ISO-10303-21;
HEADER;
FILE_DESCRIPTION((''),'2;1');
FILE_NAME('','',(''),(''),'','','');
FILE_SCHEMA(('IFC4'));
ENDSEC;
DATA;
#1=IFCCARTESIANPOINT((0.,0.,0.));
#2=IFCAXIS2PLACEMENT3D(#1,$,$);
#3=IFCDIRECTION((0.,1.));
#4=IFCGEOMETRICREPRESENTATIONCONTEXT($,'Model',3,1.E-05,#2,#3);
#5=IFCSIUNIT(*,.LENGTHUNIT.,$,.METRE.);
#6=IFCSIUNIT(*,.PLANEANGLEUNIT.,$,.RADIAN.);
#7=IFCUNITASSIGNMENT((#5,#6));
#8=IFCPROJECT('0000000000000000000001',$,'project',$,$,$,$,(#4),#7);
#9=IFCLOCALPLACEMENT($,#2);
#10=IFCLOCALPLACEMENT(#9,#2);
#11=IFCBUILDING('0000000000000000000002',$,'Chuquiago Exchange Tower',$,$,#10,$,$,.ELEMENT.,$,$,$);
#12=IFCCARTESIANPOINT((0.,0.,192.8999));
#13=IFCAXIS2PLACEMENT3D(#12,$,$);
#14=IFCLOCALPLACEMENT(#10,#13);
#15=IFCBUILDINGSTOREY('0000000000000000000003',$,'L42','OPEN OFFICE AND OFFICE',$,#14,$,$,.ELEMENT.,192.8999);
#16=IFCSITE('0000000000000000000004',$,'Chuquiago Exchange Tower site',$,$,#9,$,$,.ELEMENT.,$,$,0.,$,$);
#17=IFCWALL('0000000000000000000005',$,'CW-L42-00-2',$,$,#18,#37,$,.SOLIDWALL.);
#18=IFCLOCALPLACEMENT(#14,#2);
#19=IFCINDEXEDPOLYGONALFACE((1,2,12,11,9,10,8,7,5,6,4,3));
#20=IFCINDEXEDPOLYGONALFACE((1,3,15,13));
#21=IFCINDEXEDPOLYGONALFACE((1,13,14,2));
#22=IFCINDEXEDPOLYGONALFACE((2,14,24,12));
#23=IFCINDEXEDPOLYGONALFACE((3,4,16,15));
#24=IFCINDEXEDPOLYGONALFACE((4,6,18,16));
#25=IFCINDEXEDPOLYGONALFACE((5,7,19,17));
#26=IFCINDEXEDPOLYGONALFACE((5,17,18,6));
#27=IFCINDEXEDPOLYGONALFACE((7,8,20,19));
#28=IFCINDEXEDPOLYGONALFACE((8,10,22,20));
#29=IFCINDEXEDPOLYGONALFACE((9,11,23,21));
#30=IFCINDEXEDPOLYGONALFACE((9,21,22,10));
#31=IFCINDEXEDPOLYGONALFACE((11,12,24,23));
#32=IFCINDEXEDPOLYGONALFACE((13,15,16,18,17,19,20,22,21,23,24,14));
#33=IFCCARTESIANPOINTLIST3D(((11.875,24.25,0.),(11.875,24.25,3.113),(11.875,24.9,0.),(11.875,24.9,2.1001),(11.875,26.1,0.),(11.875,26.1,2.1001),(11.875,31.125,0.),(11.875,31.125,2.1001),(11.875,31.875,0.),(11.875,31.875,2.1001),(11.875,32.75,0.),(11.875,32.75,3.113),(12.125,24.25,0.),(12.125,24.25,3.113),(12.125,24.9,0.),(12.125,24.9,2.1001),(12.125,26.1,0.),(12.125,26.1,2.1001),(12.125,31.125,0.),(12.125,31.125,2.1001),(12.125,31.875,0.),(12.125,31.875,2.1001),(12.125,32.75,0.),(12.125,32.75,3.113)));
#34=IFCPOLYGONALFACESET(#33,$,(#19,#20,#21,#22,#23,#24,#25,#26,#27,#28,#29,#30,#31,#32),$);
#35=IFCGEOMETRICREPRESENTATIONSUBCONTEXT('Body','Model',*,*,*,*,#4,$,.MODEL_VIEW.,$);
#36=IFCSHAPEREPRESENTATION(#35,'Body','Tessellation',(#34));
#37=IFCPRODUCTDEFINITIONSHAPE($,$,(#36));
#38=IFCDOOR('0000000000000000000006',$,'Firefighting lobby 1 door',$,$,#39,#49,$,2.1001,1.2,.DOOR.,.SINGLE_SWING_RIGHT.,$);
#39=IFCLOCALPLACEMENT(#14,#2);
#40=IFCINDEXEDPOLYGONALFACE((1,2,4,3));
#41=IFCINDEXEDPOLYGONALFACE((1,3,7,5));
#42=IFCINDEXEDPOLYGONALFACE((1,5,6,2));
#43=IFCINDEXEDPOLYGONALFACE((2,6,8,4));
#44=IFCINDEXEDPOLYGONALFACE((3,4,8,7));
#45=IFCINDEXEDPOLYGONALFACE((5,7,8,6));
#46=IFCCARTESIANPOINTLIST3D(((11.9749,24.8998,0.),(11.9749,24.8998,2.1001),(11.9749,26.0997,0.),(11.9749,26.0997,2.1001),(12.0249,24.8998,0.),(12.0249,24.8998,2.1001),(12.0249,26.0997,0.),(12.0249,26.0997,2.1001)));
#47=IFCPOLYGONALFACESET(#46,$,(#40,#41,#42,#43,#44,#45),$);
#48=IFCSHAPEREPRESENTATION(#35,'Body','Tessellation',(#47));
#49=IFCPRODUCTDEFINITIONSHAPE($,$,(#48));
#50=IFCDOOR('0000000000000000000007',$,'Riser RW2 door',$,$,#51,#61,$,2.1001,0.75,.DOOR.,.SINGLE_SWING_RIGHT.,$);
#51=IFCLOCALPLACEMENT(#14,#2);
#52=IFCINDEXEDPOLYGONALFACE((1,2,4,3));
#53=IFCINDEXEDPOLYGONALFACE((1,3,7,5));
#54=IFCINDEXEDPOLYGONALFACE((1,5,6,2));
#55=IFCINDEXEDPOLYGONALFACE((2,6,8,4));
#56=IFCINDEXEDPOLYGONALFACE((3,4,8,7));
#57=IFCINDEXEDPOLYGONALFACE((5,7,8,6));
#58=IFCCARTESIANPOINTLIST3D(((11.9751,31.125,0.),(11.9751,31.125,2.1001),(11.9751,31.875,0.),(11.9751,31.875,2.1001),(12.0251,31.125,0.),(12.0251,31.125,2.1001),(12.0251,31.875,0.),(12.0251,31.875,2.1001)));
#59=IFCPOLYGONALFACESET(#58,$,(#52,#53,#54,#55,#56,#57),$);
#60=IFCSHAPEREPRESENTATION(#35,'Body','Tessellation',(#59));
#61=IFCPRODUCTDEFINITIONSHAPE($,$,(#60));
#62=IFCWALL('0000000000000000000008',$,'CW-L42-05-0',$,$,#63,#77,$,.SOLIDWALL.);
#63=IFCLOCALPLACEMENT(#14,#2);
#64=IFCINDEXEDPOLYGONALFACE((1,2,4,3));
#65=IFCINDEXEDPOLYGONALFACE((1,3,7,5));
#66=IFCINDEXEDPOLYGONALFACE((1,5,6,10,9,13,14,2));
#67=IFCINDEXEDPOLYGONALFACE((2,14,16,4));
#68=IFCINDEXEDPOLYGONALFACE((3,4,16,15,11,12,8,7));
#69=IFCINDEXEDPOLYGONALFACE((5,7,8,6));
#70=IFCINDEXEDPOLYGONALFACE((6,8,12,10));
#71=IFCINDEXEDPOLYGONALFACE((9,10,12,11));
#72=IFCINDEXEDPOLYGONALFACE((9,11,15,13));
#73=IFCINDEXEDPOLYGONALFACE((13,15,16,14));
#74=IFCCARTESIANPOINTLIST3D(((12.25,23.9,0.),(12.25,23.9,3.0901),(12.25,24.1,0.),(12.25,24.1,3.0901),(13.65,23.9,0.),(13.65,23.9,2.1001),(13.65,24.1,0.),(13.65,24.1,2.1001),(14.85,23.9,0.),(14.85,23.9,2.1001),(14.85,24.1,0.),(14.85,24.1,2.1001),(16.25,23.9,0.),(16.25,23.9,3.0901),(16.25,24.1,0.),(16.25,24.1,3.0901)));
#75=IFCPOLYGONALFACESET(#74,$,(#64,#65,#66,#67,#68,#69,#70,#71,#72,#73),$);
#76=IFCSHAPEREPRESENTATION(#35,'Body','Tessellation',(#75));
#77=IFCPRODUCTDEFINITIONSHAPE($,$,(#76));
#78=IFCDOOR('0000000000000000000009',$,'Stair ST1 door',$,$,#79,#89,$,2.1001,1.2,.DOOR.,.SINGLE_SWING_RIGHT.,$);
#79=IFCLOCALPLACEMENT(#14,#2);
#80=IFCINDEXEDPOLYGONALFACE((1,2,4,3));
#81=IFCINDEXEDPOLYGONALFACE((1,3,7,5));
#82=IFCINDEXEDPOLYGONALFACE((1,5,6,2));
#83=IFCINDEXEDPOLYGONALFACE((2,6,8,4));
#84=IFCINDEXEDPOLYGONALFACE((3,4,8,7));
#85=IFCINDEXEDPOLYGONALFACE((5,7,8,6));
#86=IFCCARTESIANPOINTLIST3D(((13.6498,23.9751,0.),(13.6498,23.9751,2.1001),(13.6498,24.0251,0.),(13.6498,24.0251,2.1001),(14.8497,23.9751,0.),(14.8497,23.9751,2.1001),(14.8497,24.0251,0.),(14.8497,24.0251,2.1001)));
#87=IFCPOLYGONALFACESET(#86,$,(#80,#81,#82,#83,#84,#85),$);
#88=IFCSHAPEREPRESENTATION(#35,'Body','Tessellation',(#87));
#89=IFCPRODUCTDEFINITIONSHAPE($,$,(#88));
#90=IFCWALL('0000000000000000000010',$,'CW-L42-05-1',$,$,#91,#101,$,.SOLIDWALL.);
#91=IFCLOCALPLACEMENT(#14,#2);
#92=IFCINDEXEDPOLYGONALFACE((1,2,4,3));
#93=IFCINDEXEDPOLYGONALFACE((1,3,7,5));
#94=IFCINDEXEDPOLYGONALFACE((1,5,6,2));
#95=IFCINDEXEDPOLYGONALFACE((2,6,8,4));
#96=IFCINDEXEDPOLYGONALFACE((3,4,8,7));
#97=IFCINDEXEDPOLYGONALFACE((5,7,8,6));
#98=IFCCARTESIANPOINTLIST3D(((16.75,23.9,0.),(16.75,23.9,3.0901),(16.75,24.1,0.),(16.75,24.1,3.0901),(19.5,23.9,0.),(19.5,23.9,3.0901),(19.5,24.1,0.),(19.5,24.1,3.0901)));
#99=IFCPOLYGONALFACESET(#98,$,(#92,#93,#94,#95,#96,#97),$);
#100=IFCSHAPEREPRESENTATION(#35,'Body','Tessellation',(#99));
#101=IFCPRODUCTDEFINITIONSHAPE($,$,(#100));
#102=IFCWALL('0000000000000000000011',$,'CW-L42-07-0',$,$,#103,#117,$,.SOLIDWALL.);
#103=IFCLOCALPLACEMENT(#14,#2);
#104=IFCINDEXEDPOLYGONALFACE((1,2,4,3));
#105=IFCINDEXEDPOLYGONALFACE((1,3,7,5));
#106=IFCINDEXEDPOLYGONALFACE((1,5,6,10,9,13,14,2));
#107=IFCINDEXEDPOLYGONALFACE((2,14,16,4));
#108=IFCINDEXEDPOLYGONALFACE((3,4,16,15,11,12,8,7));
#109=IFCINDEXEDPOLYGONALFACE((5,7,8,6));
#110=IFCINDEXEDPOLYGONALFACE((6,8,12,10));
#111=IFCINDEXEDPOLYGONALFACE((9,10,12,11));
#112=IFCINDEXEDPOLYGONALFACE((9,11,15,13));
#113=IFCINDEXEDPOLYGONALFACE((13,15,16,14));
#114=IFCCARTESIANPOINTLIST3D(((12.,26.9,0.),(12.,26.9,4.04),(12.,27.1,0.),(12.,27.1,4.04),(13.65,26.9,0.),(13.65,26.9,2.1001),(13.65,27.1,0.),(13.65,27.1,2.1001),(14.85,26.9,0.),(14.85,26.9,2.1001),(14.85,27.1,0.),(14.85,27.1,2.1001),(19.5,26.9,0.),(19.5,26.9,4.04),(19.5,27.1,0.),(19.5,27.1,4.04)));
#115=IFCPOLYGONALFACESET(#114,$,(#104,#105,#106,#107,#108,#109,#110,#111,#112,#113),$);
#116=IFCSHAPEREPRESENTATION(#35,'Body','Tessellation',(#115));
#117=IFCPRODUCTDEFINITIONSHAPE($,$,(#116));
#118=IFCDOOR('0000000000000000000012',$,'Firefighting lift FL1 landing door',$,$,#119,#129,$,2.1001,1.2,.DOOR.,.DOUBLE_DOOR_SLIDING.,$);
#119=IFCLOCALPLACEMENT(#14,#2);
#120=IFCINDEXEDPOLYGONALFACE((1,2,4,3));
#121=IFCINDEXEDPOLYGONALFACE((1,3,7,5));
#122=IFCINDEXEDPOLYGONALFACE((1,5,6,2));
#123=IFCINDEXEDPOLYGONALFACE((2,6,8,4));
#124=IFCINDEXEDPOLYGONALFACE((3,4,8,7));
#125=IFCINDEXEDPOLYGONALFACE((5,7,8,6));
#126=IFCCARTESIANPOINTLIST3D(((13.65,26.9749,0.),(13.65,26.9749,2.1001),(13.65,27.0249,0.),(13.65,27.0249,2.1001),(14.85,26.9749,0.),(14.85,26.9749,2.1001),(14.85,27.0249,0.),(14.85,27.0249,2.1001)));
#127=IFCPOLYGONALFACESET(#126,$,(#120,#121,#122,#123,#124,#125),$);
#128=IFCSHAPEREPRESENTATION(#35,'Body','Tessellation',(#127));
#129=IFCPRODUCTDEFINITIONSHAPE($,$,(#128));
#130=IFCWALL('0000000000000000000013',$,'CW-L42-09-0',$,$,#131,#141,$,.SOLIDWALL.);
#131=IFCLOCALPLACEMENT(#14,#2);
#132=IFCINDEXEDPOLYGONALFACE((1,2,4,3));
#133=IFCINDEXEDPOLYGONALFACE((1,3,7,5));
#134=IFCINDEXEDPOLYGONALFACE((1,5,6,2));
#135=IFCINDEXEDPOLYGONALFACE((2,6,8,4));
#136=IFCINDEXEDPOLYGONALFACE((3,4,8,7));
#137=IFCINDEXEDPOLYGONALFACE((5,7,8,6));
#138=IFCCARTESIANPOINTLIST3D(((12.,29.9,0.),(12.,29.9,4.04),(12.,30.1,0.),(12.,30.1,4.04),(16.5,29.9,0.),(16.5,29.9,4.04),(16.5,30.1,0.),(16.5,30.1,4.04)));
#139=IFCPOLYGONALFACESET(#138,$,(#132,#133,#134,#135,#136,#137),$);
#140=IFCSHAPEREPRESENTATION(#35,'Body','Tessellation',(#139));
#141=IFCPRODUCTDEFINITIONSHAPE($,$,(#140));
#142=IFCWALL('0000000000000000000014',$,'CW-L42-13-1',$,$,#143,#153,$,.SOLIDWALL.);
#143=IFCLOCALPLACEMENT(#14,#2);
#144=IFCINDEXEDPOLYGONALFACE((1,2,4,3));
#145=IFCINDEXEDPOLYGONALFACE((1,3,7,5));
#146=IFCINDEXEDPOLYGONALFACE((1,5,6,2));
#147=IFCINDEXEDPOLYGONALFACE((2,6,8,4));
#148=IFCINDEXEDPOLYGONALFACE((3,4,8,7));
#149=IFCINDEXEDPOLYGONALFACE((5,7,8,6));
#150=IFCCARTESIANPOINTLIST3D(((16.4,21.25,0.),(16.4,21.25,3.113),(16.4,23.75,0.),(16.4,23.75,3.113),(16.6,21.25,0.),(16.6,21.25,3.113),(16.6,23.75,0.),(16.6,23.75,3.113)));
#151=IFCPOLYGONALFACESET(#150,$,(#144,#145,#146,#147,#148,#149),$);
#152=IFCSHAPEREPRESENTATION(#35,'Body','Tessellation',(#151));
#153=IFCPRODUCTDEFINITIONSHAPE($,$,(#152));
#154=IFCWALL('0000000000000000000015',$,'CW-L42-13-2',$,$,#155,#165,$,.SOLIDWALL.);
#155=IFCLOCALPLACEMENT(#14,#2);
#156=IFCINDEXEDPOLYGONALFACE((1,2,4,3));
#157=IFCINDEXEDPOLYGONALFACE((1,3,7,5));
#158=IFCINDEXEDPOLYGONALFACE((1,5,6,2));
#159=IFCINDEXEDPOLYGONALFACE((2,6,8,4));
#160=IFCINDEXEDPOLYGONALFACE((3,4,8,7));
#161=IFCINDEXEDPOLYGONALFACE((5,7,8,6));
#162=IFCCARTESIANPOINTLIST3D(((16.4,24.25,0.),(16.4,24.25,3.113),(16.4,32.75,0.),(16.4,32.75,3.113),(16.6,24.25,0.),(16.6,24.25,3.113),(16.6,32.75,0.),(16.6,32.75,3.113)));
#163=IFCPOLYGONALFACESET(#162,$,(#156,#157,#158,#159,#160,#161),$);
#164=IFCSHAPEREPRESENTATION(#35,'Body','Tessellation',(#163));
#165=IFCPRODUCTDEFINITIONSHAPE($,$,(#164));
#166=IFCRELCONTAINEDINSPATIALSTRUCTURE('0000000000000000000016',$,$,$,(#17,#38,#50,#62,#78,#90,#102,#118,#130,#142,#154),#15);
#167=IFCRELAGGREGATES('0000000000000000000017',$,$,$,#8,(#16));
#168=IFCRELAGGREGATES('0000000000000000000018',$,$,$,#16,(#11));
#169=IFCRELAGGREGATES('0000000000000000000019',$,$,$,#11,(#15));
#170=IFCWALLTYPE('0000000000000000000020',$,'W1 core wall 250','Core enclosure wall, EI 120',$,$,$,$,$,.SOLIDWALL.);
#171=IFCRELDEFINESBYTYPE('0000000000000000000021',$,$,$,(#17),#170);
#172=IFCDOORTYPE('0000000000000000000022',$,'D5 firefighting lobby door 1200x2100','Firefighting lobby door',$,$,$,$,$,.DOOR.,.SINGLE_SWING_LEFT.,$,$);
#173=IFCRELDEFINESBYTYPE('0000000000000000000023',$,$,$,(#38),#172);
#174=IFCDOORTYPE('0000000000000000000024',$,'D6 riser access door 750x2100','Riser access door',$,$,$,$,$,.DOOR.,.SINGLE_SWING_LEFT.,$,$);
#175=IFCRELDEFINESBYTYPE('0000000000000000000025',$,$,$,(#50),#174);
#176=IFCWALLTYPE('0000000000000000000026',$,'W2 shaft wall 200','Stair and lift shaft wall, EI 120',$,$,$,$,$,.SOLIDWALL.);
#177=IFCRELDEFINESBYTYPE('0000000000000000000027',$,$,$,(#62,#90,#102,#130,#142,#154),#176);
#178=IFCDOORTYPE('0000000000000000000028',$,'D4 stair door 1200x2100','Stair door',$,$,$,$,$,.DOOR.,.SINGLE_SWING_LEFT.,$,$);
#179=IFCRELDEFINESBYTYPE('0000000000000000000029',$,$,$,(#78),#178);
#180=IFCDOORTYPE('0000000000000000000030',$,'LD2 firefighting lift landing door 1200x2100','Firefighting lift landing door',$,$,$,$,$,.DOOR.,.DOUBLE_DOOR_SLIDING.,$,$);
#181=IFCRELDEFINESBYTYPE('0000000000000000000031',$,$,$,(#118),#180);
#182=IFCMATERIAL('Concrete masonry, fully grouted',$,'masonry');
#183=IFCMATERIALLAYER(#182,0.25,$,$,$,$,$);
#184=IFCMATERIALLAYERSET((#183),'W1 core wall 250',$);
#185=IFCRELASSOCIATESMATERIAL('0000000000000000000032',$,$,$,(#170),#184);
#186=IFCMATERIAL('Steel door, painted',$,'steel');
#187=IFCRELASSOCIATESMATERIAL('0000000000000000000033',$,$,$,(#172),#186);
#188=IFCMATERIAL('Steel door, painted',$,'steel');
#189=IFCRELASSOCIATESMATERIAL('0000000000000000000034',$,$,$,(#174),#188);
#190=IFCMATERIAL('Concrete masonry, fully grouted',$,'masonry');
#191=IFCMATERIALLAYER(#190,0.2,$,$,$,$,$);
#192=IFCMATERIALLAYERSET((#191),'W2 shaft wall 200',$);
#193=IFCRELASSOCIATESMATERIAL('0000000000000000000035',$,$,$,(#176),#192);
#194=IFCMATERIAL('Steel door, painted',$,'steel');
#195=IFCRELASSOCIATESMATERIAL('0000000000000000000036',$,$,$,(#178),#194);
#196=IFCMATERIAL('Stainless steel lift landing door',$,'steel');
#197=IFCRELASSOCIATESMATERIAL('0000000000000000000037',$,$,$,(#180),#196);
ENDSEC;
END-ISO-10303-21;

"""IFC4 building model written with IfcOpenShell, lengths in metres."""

from ifc_helpers import new_model, si_unit, direction, frame, frame_2d, origin, place, context, subcontext, project, spatial, rectangle, extrude, material, layer, layer_set, type_object, element, fill, save


model = new_model("IFC4")

# Units and contexts
model_context = context("Model", 3, precision=1e-05, world=origin(), true_north=direction((0.0, 1.0)))
body_context = subcontext(model_context, "Body", "Model", "MODEL_VIEW")
ifc_project = project(units=[si_unit("LENGTHUNIT", "METRE"), si_unit("PLANEANGLEUNIT", "RADIAN")], contexts=[model_context])

# Site, building, storey
site_placement = place(None, origin())
site = spatial("IfcSite", under=ifc_project, at=site_placement, Name="Chuquiago Exchange Tower site", CompositionType="ELEMENT", RefElevation=0.0)
building_placement = place(site_placement, origin())
building = spatial("IfcBuilding", under=site, at=building_placement, Name="Chuquiago Exchange Tower", CompositionType="ELEMENT")
storey_placement = place(building_placement, frame((0.0, 0.0, 192.8999)))
storey = spatial("IfcBuildingStorey", under=building, at=storey_placement, Name="L42", Description="OPEN OFFICE AND OFFICE", CompositionType="ELEMENT", Elevation=192.8999)

# Shared definitions
ifc_material_1 = material(Name="Concrete masonry, fully grouted", Category="masonry")
ifc_layer_1 = layer(ifc_material_1, 0.25)
ifc_layer_set_1 = layer_set([ifc_layer_1], Name="W1 core wall 250")
wall_type_1 = type_object("IfcWallType", Name="W1 core wall 250", Description="Core enclosure wall, EI 120", PredefinedType="SOLIDWALL", material=ifc_layer_set_1)

# Wall, openings, doors
wall_1_placement = place(storey_placement, frame((12.0, 24.25, 0.0), z_axis=(0.0, 0.0, 1.0), x_axis=(0.0, 1.0, 0.0)))
wall_1 = element("IfcWall", 1, at=wall_1_placement, inside=storey, type_object=wall_type_1, Name="CW-L42-00-2", PredefinedType="SOLIDWALL", context=body_context, shape_type="SweptSolid", body=[
    extrude(rectangle(XDim=8.5, YDim=0.25, at=frame_2d((4.25, 0.0))), origin(), (0.0, 0.0, 1.0), 3.113),
])
opening_1_placement = place(wall_1_placement, frame((0.6499, 0.0, 0.0)))
opening_1 = element("IfcOpeningElement", 2, at=opening_1_placement, cuts=wall_1, PredefinedType="OPENING", context=body_context, shape_type="SweptSolid", body=[
    extrude(rectangle(XDim=1.2, YDim=2.1001, at=frame_2d((0.6001, 1.05))), frame((0.0, 0.135, 0.0), z_axis=(0.0, -1.0, 0.0), x_axis=(1.0, 0.0, 0.0)), (0.0, 0.0, 1.0), 0.27),
])
opening_2_placement = place(wall_1_placement, frame((6.875, 0.0, 0.0)))
opening_2 = element("IfcOpeningElement", 3, at=opening_2_placement, cuts=wall_1, PredefinedType="OPENING", context=body_context, shape_type="SweptSolid", body=[
    extrude(rectangle(XDim=0.75, YDim=2.1001, at=frame_2d((0.375, 1.05))), frame((0.0, 0.135, 0.0), z_axis=(0.0, -1.0, 0.0), x_axis=(1.0, 0.0, 0.0)), (0.0, 0.0, 1.0), 0.27),
])
ifc_material_2 = material(Name="Steel door, painted", Category="steel")
door_type_1 = type_object("IfcDoorType", Name="D5 firefighting lobby door 1200x2100", Description="Firefighting lobby door", OperationType="SINGLE_SWING_LEFT", PredefinedType="DOOR", material=ifc_material_2)
door_1_placement = place(opening_1_placement, frame((1.2, 0.0, 0.0), z_axis=(0.0, 0.0, 1.0), x_axis=(-1.0, 0.0, 0.0)))
door_1 = element("IfcDoor", 4, at=door_1_placement, inside=storey, type_object=door_type_1, Name="Firefighting lobby 1 door", OperationType="SINGLE_SWING_RIGHT", OverallHeight=2.1001, OverallWidth=1.2, PredefinedType="DOOR", context=body_context, shape_type="SweptSolid", body=[
    extrude(rectangle(XDim=1.2, YDim=2.1001, at=frame_2d((0.6001, 1.05))), frame((0.0, 0.0249, 0.0), z_axis=(0.0, -1.0, 0.0), x_axis=(1.0, 0.0, 0.0)), (0.0, 0.0, 1.0), 0.05),
])
fill(opening_1, door_1)
ifc_material_3 = material(Name="Steel door, painted", Category="steel")
door_type_2 = type_object("IfcDoorType", Name="D6 riser access door 750x2100", Description="Riser access door", OperationType="SINGLE_SWING_LEFT", PredefinedType="DOOR", material=ifc_material_3)
door_2_placement = place(opening_2_placement, origin())
door_2 = element("IfcDoor", 5, at=door_2_placement, inside=storey, type_object=door_type_2, Name="Riser RW2 door", OperationType="SINGLE_SWING_RIGHT", OverallHeight=2.1001, OverallWidth=0.75, PredefinedType="DOOR", context=body_context, shape_type="SweptSolid", body=[
    extrude(rectangle(XDim=0.75, YDim=2.1001, at=frame_2d((0.375, 1.05))), frame((0.0, 0.0249, 0.0), z_axis=(0.0, -1.0, 0.0), x_axis=(1.0, 0.0, 0.0)), (0.0, 0.0, 1.0), 0.05),
])
fill(opening_2, door_2)

# Wall, opening, door
ifc_material_4 = material(Name="Concrete masonry, fully grouted", Category="masonry")
ifc_layer_2 = layer(ifc_material_4, 0.2)
ifc_layer_set_2 = layer_set([ifc_layer_2], Name="W2 shaft wall 200")
wall_type_2 = type_object("IfcWallType", Name="W2 shaft wall 200", Description="Stair and lift shaft wall, EI 120", PredefinedType="SOLIDWALL", material=ifc_layer_set_2)
wall_2_placement = place(storey_placement, frame((12.25, 24.0, 0.0), z_axis=(0.0, 0.0, 1.0), x_axis=(1.0, 0.0, 0.0)))
wall_2 = element("IfcWall", 6, at=wall_2_placement, inside=storey, type_object=wall_type_2, Name="CW-L42-05-0", PredefinedType="SOLIDWALL", context=body_context, shape_type="SweptSolid", body=[
    extrude(rectangle(XDim=4.0, YDim=0.2, at=frame_2d((2.0, 0.0))), origin(), (0.0, 0.0, 1.0), 3.0901),
])
opening_3_placement = place(wall_2_placement, frame((1.3999, 0.0, 0.0)))
opening_3 = element("IfcOpeningElement", 7, at=opening_3_placement, cuts=wall_2, PredefinedType="OPENING", context=body_context, shape_type="SweptSolid", body=[
    extrude(rectangle(XDim=1.2, YDim=2.1001, at=frame_2d((0.6001, 1.05))), frame((0.0, 0.1099, 0.0), z_axis=(0.0, -1.0, 0.0), x_axis=(1.0, 0.0, 0.0)), (0.0, 0.0, 1.0), 0.22),
])
ifc_material_5 = material(Name="Steel door, painted", Category="steel")
door_type_3 = type_object("IfcDoorType", Name="D4 stair door 1200x2100", Description="Stair door", OperationType="SINGLE_SWING_LEFT", PredefinedType="DOOR", material=ifc_material_5)
door_3_placement = place(opening_3_placement, frame((1.2, 0.0, 0.0), z_axis=(0.0, 0.0, 1.0), x_axis=(-1.0, 0.0, 0.0)))
door_3 = element("IfcDoor", 8, at=door_3_placement, inside=storey, type_object=door_type_3, Name="Stair ST1 door", OperationType="SINGLE_SWING_RIGHT", OverallHeight=2.1001, OverallWidth=1.2, PredefinedType="DOOR", context=body_context, shape_type="SweptSolid", body=[
    extrude(rectangle(XDim=1.2, YDim=2.1001, at=frame_2d((0.6001, 1.05))), frame((0.0, 0.0249, 0.0), z_axis=(0.0, -1.0, 0.0), x_axis=(1.0, 0.0, 0.0)), (0.0, 0.0, 1.0), 0.05),
])
fill(opening_3, door_3)

# Wall
wall_3_placement = place(storey_placement, frame((16.75, 24.0, 0.0), z_axis=(0.0, 0.0, 1.0), x_axis=(1.0, 0.0, 0.0)))
element("IfcWall", 9, at=wall_3_placement, inside=storey, type_object=wall_type_2, Name="CW-L42-05-1", PredefinedType="SOLIDWALL", context=body_context, shape_type="SweptSolid", body=[
    extrude(rectangle(XDim=2.75, YDim=0.2, at=frame_2d((1.375, 0.0))), origin(), (0.0, 0.0, 1.0), 3.0901),
])

# Wall, opening, door
wall_4_placement = place(storey_placement, frame((12.0, 27.0, 0.0), z_axis=(0.0, 0.0, 1.0), x_axis=(1.0, 0.0, 0.0)))
wall_4 = element("IfcWall", 10, at=wall_4_placement, inside=storey, type_object=wall_type_2, Name="CW-L42-07-0", PredefinedType="SOLIDWALL", context=body_context, shape_type="SweptSolid", body=[
    extrude(rectangle(XDim=7.5, YDim=0.2, at=frame_2d((3.75, 0.0))), origin(), (0.0, 0.0, 1.0), 4.04),
])
opening_4_placement = place(wall_4_placement, frame((1.6499, 0.0, 0.0)))
opening_4 = element("IfcOpeningElement", 11, at=opening_4_placement, cuts=wall_4, PredefinedType="OPENING", context=body_context, shape_type="SweptSolid", body=[
    extrude(rectangle(XDim=1.2, YDim=2.1001, at=frame_2d((0.6001, 1.05))), frame((0.0, 0.1099, 0.0), z_axis=(0.0, -1.0, 0.0), x_axis=(1.0, 0.0, 0.0)), (0.0, 0.0, 1.0), 0.22),
])
ifc_material_6 = material(Name="Stainless steel lift landing door", Category="steel")
door_type_4 = type_object("IfcDoorType", Name="LD2 firefighting lift landing door 1200x2100", Description="Firefighting lift landing door", OperationType="DOUBLE_DOOR_SLIDING", PredefinedType="DOOR", material=ifc_material_6)
door_4_placement = place(opening_4_placement, origin())
door_4 = element("IfcDoor", 12, at=door_4_placement, inside=storey, type_object=door_type_4, Name="Firefighting lift FL1 landing door", OperationType="DOUBLE_DOOR_SLIDING", OverallHeight=2.1001, OverallWidth=1.2, PredefinedType="DOOR", context=body_context, shape_type="SweptSolid", body=[
    extrude(rectangle(XDim=1.2, YDim=2.1001, at=frame_2d((0.6001, 1.05))), frame((0.0, 0.0249, 0.0), z_axis=(0.0, -1.0, 0.0), x_axis=(1.0, 0.0, 0.0)), (0.0, 0.0, 1.0), 0.05),
])
fill(opening_4, door_4)

# Walls
wall_5_placement = place(storey_placement, frame((12.0, 30.0, 0.0), z_axis=(0.0, 0.0, 1.0), x_axis=(1.0, 0.0, 0.0)))
element("IfcWall", 13, at=wall_5_placement, inside=storey, type_object=wall_type_2, Name="CW-L42-09-0", PredefinedType="SOLIDWALL", context=body_context, shape_type="SweptSolid", body=[
    extrude(rectangle(XDim=4.5, YDim=0.2, at=frame_2d((2.25, 0.0))), origin(), (0.0, 0.0, 1.0), 4.04),
])
wall_6_placement = place(storey_placement, frame((16.5, 21.25, 0.0), z_axis=(0.0, 0.0, 1.0), x_axis=(0.0, 1.0, 0.0)))
element("IfcWall", 14, at=wall_6_placement, inside=storey, type_object=wall_type_2, Name="CW-L42-13-1", PredefinedType="SOLIDWALL", context=body_context, shape_type="SweptSolid", body=[
    extrude(rectangle(XDim=2.5, YDim=0.2, at=frame_2d((1.25, 0.0))), origin(), (0.0, 0.0, 1.0), 3.113),
])
wall_7_placement = place(storey_placement, frame((16.5, 24.25, 0.0), z_axis=(0.0, 0.0, 1.0), x_axis=(0.0, 1.0, 0.0)))
element("IfcWall", 15, at=wall_7_placement, inside=storey, type_object=wall_type_2, Name="CW-L42-13-2", PredefinedType="SOLIDWALL", context=body_context, shape_type="SweptSolid", body=[
    extrude(rectangle(XDim=8.5, YDim=0.2, at=frame_2d((4.25, 0.0))), origin(), (0.0, 0.0, 1.0), 3.113),
])

save(model, "model.ifc")
